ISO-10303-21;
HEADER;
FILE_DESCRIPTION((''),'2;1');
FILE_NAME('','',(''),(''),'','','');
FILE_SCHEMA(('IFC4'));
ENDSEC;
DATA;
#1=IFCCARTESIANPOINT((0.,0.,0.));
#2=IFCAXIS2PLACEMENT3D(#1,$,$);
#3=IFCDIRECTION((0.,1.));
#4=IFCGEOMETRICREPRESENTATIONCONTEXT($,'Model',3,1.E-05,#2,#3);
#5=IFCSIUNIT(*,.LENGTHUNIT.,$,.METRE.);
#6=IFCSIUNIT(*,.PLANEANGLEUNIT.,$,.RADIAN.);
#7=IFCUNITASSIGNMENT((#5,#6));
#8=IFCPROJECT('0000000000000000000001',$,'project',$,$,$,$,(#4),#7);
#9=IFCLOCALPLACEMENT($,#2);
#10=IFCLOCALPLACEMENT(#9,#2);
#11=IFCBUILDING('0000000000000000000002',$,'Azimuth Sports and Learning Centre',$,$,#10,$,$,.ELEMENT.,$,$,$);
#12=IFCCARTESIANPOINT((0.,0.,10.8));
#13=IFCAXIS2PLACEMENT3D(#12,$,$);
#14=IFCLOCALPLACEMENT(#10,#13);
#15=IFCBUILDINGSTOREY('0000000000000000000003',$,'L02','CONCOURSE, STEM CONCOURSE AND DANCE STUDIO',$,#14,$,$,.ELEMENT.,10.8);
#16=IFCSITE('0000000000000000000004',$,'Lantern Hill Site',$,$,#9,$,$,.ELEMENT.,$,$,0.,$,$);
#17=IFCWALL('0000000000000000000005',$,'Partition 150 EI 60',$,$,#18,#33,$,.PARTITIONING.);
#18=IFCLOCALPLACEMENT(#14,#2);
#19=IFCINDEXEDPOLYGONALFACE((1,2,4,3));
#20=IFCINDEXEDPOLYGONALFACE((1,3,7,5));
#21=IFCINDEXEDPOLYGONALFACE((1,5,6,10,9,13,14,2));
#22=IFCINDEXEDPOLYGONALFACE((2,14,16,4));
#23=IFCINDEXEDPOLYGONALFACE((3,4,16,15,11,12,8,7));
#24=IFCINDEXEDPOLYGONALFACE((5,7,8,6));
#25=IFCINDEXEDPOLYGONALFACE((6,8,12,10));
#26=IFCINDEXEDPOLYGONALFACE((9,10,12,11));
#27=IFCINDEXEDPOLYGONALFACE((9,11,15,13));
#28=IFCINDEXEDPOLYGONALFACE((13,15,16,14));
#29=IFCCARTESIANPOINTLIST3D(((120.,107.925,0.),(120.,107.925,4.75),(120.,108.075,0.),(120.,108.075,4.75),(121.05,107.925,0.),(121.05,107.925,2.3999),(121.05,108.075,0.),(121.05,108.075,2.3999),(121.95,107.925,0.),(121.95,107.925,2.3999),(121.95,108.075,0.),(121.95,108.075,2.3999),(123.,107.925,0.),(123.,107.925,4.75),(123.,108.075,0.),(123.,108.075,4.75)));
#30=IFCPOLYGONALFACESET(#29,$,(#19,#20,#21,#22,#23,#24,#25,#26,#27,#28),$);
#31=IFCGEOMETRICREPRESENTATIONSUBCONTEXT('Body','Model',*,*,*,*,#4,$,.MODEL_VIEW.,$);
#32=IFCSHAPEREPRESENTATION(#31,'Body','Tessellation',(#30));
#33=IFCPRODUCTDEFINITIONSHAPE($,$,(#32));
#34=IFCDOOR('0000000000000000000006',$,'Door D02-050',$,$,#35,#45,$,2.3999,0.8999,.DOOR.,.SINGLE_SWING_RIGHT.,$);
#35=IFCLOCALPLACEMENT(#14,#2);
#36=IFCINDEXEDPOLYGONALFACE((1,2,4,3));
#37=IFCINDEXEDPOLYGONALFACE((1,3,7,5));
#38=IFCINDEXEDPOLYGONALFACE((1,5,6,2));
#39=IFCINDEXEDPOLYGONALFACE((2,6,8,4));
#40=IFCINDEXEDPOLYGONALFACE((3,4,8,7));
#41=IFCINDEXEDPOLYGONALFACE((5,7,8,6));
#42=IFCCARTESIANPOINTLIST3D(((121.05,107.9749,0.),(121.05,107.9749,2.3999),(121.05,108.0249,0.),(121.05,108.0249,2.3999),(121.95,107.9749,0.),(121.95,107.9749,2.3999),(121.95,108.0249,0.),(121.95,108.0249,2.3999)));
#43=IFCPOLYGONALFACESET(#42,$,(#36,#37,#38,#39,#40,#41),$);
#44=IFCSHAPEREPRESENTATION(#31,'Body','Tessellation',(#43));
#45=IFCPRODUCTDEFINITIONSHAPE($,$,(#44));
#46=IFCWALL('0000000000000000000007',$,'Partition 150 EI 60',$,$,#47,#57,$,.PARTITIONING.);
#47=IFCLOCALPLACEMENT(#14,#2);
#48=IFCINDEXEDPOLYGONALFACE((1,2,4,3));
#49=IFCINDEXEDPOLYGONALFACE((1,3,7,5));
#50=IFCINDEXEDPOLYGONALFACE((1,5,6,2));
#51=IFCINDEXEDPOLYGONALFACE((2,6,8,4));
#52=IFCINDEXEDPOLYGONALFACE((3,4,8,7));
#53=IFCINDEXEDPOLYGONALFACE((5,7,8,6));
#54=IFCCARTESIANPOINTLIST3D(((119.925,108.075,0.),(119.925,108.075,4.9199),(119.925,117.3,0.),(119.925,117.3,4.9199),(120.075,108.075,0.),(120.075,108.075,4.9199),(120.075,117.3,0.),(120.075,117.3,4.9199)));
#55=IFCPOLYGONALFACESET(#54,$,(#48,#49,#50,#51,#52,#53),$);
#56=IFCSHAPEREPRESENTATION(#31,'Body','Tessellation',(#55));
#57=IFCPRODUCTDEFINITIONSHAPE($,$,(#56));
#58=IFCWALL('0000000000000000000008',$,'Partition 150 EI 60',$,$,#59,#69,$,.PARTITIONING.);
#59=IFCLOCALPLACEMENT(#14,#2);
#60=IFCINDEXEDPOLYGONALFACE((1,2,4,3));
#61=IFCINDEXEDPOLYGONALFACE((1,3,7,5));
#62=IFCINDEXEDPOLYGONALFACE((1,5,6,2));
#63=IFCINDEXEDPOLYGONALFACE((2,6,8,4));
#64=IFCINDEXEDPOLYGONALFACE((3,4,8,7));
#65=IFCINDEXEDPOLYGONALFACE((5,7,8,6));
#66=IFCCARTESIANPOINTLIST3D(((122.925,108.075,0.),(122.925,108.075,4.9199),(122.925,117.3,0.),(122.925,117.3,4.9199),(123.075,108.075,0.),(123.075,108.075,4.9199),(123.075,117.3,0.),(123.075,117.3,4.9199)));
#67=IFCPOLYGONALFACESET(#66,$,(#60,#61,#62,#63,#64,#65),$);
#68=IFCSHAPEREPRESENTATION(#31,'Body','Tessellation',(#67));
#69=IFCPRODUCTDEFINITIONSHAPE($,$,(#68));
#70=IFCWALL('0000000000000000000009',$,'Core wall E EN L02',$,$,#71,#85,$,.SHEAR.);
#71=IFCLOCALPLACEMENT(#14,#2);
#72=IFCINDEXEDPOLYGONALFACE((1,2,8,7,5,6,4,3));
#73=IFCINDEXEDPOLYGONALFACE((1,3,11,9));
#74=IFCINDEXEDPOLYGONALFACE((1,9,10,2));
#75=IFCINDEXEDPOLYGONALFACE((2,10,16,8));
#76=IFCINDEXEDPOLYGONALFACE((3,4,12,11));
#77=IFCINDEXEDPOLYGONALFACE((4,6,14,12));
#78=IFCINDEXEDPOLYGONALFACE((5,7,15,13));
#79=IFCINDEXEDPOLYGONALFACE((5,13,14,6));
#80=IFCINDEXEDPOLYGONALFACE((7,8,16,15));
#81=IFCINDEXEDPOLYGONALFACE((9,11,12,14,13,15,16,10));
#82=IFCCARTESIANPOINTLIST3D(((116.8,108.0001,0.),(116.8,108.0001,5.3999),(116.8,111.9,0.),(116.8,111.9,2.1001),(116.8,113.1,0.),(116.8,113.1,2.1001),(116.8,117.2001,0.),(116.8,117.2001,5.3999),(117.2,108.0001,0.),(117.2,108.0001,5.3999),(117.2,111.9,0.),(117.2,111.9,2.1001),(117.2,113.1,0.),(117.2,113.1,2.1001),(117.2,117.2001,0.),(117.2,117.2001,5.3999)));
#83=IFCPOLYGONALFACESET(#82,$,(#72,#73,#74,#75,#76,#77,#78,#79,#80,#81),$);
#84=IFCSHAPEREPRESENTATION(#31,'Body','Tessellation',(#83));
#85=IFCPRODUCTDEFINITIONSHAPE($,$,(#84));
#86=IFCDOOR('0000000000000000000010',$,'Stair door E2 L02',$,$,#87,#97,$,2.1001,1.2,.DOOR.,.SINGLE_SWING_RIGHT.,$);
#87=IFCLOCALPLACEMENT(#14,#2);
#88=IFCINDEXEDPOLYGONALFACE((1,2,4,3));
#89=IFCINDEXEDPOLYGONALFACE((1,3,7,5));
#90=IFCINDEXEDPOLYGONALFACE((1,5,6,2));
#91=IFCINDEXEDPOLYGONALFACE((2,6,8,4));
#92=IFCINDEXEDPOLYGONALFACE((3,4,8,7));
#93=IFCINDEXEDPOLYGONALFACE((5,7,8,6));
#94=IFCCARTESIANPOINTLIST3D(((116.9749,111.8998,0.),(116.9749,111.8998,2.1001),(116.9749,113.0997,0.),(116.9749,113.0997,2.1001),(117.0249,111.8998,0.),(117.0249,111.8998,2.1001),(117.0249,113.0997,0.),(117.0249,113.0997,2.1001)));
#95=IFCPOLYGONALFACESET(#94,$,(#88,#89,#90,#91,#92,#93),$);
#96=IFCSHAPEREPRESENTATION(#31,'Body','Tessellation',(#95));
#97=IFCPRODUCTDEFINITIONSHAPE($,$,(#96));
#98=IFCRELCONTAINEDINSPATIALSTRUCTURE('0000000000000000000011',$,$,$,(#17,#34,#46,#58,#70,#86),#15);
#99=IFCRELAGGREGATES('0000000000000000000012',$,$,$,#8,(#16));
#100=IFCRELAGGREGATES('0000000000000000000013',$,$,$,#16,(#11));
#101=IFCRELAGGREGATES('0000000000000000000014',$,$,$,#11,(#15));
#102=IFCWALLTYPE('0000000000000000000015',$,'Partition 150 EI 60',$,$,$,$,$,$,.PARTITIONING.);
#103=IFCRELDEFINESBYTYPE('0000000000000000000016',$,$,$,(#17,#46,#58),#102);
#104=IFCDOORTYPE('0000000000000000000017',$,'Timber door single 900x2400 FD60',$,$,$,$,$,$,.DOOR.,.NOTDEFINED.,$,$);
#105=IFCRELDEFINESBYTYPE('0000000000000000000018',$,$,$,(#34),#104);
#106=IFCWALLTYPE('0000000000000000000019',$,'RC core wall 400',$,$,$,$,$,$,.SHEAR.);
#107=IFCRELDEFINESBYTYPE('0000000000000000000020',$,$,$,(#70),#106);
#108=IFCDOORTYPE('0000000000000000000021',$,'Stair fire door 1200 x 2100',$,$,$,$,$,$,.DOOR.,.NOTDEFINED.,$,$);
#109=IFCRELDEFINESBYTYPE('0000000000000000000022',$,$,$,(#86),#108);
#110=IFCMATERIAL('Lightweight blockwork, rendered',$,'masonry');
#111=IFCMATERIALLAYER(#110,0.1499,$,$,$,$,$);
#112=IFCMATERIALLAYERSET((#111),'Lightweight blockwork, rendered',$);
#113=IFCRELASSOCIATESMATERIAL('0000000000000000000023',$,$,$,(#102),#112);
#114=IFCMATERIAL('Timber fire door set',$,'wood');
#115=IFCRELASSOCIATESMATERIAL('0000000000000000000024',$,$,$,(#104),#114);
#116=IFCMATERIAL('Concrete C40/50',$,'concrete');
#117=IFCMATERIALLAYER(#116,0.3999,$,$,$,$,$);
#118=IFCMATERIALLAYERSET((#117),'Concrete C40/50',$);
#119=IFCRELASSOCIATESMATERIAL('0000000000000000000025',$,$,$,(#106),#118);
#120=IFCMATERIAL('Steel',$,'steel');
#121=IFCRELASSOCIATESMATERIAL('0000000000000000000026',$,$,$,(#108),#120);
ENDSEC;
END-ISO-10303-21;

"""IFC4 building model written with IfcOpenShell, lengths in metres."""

from ifc_helpers import new_model, si_unit, direction, frame, frame_2d, origin, place, context, subcontext, project, spatial, rectangle, extrude, material, layer, layer_set, type_object, element, fill, save


model = new_model("IFC4")

# Units and contexts
model_context = context("Model", 3, precision=1e-05, world=origin(), true_north=direction((0.0, 1.0)))
body_context = subcontext(model_context, "Body", "Model", "MODEL_VIEW")
ifc_project = project(units=[si_unit("LENGTHUNIT", "METRE"), si_unit("PLANEANGLEUNIT", "RADIAN")], contexts=[model_context])

# Site, building, storey
site_placement = place(None, origin())
site = spatial("IfcSite", under=ifc_project, at=site_placement, Name="Lantern Hill Site", CompositionType="ELEMENT", RefElevation=0.0)
building_placement = place(site_placement, origin())
building = spatial("IfcBuilding", under=site, at=building_placement, Name="Azimuth Sports and Learning Centre", CompositionType="ELEMENT")
storey_placement = place(building_placement, frame((0.0, 0.0, 10.8)))
storey = spatial("IfcBuildingStorey", under=building, at=storey_placement, Name="L02", Description="CONCOURSE, STEM CONCOURSE AND DANCE STUDIO", CompositionType="ELEMENT", Elevation=10.8)

# Wall, opening, door
ifc_material_1 = material(Name="Lightweight blockwork, rendered", Category="masonry")
ifc_layer_1 = layer(ifc_material_1, 0.1499)
ifc_layer_set_1 = layer_set([ifc_layer_1], Name="Lightweight blockwork, rendered")
wall_type_1 = type_object("IfcWallType", Name="Partition 150 EI 60", PredefinedType="PARTITIONING", material=ifc_layer_set_1)
wall_1_placement = place(storey_placement, frame((120.0, 108.0, 0.0), z_axis=(0.0, 0.0, 1.0), x_axis=(1.0, 0.0, 0.0)))
wall_1 = element("IfcWall", 1, at=wall_1_placement, inside=storey, type_object=wall_type_1, Name="Partition 150 EI 60", PredefinedType="PARTITIONING", context=body_context, shape_type="SweptSolid", body=[
    extrude(rectangle(XDim=3.0, YDim=0.1499, at=frame_2d((1.5, 0.0))), origin(), (0.0, 0.0, 1.0), 4.75),
])
opening_1_placement = place(wall_1_placement, frame((1.05, 0.0, 0.0)))
opening_1 = element("IfcOpeningElement", 2, at=opening_1_placement, cuts=wall_1, PredefinedType="OPENING", context=body_context, shape_type="SweptSolid", body=[
    extrude(rectangle(XDim=0.8999, YDim=2.3999, at=frame_2d((0.45, 1.2))), frame((0.0, 0.0859, 0.0), z_axis=(0.0, -1.0, 0.0), x_axis=(1.0, 0.0, 0.0)), (0.0, 0.0, 1.0), 0.1719),
])
ifc_material_2 = material(Name="Timber fire door set", Category="wood")
door_type_1 = type_object("IfcDoorType", Name="Timber door single 900x2400 FD60", OperationType="NOTDEFINED", PredefinedType="DOOR", material=ifc_material_2)
door_1_placement = place(opening_1_placement, origin())
door_1 = element("IfcDoor", 3, at=door_1_placement, inside=storey, type_object=door_type_1, Name="Door D02-050", OperationType="SINGLE_SWING_RIGHT", OverallHeight=2.3999, OverallWidth=0.8999, PredefinedType="DOOR", context=body_context, shape_type="SweptSolid", body=[
    extrude(rectangle(XDim=0.8999, YDim=2.3999, at=frame_2d((0.45, 1.2))), frame((0.0, 0.0249, 0.0), z_axis=(0.0, -1.0, 0.0), x_axis=(1.0, 0.0, 0.0)), (0.0, 0.0, 1.0), 0.05),
])
fill(opening_1, door_1)

# Walls
for number, where, z_axis, x_axis, name in (
    (4, (120.0, 108.075, 0.0), (0.0, 0.0, 1.0), (0.0, 1.0, 0.0), "Partition 150 EI 60"),
    (5, (123.0, 108.075, 0.0), (0.0, 0.0, 1.0), (0.0, 1.0, 0.0), "Partition 150 EI 60"),
):
    element("IfcWall", number, at=place(storey_placement, frame(where, z_axis=z_axis, x_axis=x_axis)), inside=storey, type_object=wall_type_1, Name=name, PredefinedType="PARTITIONING", context=body_context, shape_type="SweptSolid", body=[
        extrude(rectangle(XDim=9.2251, YDim=0.1499, at=frame_2d((4.6125, 0.0))), origin(), (0.0, 0.0, 1.0), 4.9199),
    ])

# Wall, opening, door
ifc_material_3 = material(Name="Concrete C40/50", Category="concrete")
ifc_layer_2 = layer(ifc_material_3, 0.3999)
ifc_layer_set_2 = layer_set([ifc_layer_2], Name="Concrete C40/50")
wall_type_2 = type_object("IfcWallType", Name="RC core wall 400", PredefinedType="SHEAR", material=ifc_layer_set_2)
wall_2_placement = place(storey_placement, frame((117.0, 108.0, 0.0), z_axis=(0.0, 0.0, 1.0), x_axis=(0.0, 1.0, 0.0)))
wall_2 = element("IfcWall", 6, at=wall_2_placement, inside=storey, type_object=wall_type_2, Name="Core wall E EN L02", PredefinedType="SHEAR", context=body_context, shape_type="SweptSolid", body=[
    extrude(rectangle(XDim=9.2, YDim=0.3999, at=frame_2d((4.6001, 0.0))), origin(), (0.0, 0.0, 1.0), 5.3999),
])
opening_2_placement = place(wall_2_placement, frame((3.8999, 0.0, 0.0)))
opening_2 = element("IfcOpeningElement", 7, at=opening_2_placement, cuts=wall_2, PredefinedType="OPENING", context=body_context, shape_type="SweptSolid", body=[
    extrude(rectangle(XDim=1.2, YDim=2.1001, at=frame_2d((0.6001, 1.05))), frame((0.0, 0.2109, 0.0), z_axis=(0.0, -1.0, 0.0), x_axis=(1.0, 0.0, 0.0)), (0.0, 0.0, 1.0), 0.4219),
])
ifc_material_4 = material(Name="Steel", Category="steel")
door_type_2 = type_object("IfcDoorType", Name="Stair fire door 1200 x 2100", OperationType="NOTDEFINED", PredefinedType="DOOR", material=ifc_material_4)
door_2_placement = place(opening_2_placement, frame((1.2, 0.0, 0.0), z_axis=(0.0, 0.0, 1.0), x_axis=(-1.0, 0.0, 0.0)))
door_2 = element("IfcDoor", 8, at=door_2_placement, inside=storey, type_object=door_type_2, Name="Stair door E2 L02", OperationType="SINGLE_SWING_RIGHT", OverallHeight=2.1001, OverallWidth=1.2, PredefinedType="DOOR", context=body_context, shape_type="SweptSolid", body=[
    extrude(rectangle(XDim=1.2, YDim=2.1001, at=frame_2d((0.6001, 1.05))), frame((0.0, 0.0249, 0.0), z_axis=(0.0, -1.0, 0.0), x_axis=(1.0, 0.0, 0.0)), (0.0, 0.0, 1.0), 0.05),
])
fill(opening_2, door_2)

save(model, "model.ifc")
